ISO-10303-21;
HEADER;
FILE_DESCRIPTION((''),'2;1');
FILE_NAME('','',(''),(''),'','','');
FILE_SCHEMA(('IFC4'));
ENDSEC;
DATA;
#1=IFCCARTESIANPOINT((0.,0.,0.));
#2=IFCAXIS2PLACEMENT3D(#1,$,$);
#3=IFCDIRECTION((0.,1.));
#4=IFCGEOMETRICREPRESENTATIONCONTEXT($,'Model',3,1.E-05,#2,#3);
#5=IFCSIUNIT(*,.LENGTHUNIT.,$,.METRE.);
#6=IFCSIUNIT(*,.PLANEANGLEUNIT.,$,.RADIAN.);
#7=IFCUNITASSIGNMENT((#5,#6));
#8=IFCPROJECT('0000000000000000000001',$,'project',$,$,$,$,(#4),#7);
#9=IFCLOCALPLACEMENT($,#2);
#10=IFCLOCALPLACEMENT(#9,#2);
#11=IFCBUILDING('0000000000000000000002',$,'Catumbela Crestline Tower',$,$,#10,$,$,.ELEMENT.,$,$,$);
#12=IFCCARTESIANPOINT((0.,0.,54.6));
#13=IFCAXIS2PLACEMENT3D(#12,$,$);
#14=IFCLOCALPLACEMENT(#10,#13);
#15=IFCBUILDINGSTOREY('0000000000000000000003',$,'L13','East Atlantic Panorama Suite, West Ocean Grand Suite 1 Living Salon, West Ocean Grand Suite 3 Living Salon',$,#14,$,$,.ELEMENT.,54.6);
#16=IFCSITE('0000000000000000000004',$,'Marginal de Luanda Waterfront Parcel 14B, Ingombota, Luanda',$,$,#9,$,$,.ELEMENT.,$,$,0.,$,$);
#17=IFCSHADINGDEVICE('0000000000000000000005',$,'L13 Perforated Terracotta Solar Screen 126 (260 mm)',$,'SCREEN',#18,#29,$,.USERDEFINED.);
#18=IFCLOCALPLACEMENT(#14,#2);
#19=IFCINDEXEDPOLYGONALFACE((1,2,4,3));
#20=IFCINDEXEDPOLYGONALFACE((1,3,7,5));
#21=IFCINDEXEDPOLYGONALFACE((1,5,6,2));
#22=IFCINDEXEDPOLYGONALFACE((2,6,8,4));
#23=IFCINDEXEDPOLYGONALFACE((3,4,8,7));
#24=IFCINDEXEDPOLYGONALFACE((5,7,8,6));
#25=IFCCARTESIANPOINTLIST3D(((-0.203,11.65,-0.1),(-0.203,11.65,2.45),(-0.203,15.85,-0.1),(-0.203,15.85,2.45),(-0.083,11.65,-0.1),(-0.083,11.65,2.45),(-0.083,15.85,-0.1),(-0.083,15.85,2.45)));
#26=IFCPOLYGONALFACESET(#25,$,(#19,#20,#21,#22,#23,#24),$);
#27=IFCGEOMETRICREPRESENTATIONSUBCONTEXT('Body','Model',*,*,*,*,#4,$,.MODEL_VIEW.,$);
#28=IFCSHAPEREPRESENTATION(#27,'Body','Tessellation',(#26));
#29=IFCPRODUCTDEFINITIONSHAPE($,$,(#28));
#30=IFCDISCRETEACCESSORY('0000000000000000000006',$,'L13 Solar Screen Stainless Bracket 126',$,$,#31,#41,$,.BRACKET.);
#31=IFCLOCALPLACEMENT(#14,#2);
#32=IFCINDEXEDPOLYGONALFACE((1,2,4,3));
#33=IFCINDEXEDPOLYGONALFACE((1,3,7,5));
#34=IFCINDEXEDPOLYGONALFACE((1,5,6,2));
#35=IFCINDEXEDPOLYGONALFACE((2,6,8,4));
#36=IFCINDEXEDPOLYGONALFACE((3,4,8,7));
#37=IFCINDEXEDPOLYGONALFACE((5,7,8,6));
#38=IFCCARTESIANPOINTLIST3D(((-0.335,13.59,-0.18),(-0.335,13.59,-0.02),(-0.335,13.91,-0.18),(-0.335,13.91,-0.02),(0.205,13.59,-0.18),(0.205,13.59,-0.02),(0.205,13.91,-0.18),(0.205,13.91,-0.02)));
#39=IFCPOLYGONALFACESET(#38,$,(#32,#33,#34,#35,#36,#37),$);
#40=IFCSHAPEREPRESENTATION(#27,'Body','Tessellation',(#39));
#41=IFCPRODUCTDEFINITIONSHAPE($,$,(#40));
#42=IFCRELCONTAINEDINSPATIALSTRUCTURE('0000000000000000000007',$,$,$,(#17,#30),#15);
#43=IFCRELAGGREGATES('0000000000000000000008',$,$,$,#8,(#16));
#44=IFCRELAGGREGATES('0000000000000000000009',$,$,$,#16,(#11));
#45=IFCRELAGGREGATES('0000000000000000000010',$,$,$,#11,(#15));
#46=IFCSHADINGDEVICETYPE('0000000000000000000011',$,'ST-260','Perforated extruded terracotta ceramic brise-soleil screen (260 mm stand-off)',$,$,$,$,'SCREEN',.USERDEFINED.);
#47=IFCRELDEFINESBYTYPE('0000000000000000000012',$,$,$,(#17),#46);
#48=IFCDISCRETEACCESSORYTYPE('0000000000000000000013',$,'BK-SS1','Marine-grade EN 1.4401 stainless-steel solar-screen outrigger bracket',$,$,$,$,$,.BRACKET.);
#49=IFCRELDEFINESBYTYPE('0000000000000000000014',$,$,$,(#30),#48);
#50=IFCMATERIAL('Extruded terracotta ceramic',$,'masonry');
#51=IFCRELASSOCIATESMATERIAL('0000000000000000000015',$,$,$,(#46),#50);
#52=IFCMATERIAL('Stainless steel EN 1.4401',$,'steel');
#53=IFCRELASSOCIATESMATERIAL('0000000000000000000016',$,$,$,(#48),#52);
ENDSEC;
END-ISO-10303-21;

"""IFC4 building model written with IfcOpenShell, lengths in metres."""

from ifc_helpers import new_model, si_unit, direction, frame, origin, origin_2d, place, context, subcontext, project, spatial, rectangle, extrude, material, type_object, element, save


model = new_model("IFC4")

# Units and contexts
model_context = context("Model", 3, precision=1e-05, world=origin(), true_north=direction((0.0, 1.0)))
body_context = subcontext(model_context, "Body", "Model", "MODEL_VIEW")
ifc_project = project(units=[si_unit("LENGTHUNIT", "METRE"), si_unit("PLANEANGLEUNIT", "RADIAN")], contexts=[model_context])

# Site, building, storey
site_placement = place(None, origin())
site = spatial("IfcSite", under=ifc_project, at=site_placement, Name="Marginal de Luanda Waterfront Parcel 14B, Ingombota, Luanda", CompositionType="ELEMENT", RefElevation=0.0)
building_placement = place(site_placement, origin())
building = spatial("IfcBuilding", under=site, at=building_placement, Name="Catumbela Crestline Tower", CompositionType="ELEMENT")
storey_placement = place(building_placement, frame((0.0, 0.0, 54.6)))
storey = spatial("IfcBuildingStorey", under=building, at=storey_placement, Name="L13", Description="East Atlantic Panorama Suite, West Ocean Grand Suite 1 Living Salon, West Ocean Grand Suite 3 Living Salon", CompositionType="ELEMENT", Elevation=54.6)

# Shading device
ifc_material_1 = material(Name="Extruded terracotta ceramic", Category="masonry")
shading_device_type = type_object("IfcShadingDeviceType", Name="ST-260", Description="Perforated extruded terracotta ceramic brise-soleil screen (260 mm stand-off)", ElementType="SCREEN", PredefinedType="USERDEFINED", material=ifc_material_1)
shading_device_placement = place(storey_placement, frame((-0.143, 13.75, -0.1), z_axis=(0.0, 0.0, 1.0), x_axis=(0.0, -1.0, 0.0)))
element("IfcShadingDevice", 1, at=shading_device_placement, inside=storey, type_object=shading_device_type, Name="L13 Perforated Terracotta Solar Screen 126 (260 mm)", ObjectType="SCREEN", PredefinedType="USERDEFINED", context=body_context, shape_type="SweptSolid", body=[
    extrude(rectangle(XDim=4.2, YDim=0.12, at=origin_2d()), origin(), (0.0, 0.0, 1.0), 2.55),
])

# Discrete accessory
ifc_material_2 = material(Name="Stainless steel EN 1.4401", Category="steel")
discrete_accessory_type = type_object("IfcDiscreteAccessoryType", Name="BK-SS1", Description="Marine-grade EN 1.4401 stainless-steel solar-screen outrigger bracket", PredefinedType="BRACKET", material=ifc_material_2)
discrete_accessory_placement = place(storey_placement, frame((-0.065, 13.75, -0.18), z_axis=(0.0, 0.0, 1.0), x_axis=(0.0, -1.0, 0.0)))
element("IfcDiscreteAccessory", 2, at=discrete_accessory_placement, inside=storey, type_object=discrete_accessory_type, Name="L13 Solar Screen Stainless Bracket 126", PredefinedType="BRACKET", context=body_context, shape_type="SweptSolid", body=[
    extrude(rectangle(XDim=0.32, YDim=0.54, at=origin_2d()), origin(), (0.0, 0.0, 1.0), 0.16),
])

save(model, "model.ifc")
